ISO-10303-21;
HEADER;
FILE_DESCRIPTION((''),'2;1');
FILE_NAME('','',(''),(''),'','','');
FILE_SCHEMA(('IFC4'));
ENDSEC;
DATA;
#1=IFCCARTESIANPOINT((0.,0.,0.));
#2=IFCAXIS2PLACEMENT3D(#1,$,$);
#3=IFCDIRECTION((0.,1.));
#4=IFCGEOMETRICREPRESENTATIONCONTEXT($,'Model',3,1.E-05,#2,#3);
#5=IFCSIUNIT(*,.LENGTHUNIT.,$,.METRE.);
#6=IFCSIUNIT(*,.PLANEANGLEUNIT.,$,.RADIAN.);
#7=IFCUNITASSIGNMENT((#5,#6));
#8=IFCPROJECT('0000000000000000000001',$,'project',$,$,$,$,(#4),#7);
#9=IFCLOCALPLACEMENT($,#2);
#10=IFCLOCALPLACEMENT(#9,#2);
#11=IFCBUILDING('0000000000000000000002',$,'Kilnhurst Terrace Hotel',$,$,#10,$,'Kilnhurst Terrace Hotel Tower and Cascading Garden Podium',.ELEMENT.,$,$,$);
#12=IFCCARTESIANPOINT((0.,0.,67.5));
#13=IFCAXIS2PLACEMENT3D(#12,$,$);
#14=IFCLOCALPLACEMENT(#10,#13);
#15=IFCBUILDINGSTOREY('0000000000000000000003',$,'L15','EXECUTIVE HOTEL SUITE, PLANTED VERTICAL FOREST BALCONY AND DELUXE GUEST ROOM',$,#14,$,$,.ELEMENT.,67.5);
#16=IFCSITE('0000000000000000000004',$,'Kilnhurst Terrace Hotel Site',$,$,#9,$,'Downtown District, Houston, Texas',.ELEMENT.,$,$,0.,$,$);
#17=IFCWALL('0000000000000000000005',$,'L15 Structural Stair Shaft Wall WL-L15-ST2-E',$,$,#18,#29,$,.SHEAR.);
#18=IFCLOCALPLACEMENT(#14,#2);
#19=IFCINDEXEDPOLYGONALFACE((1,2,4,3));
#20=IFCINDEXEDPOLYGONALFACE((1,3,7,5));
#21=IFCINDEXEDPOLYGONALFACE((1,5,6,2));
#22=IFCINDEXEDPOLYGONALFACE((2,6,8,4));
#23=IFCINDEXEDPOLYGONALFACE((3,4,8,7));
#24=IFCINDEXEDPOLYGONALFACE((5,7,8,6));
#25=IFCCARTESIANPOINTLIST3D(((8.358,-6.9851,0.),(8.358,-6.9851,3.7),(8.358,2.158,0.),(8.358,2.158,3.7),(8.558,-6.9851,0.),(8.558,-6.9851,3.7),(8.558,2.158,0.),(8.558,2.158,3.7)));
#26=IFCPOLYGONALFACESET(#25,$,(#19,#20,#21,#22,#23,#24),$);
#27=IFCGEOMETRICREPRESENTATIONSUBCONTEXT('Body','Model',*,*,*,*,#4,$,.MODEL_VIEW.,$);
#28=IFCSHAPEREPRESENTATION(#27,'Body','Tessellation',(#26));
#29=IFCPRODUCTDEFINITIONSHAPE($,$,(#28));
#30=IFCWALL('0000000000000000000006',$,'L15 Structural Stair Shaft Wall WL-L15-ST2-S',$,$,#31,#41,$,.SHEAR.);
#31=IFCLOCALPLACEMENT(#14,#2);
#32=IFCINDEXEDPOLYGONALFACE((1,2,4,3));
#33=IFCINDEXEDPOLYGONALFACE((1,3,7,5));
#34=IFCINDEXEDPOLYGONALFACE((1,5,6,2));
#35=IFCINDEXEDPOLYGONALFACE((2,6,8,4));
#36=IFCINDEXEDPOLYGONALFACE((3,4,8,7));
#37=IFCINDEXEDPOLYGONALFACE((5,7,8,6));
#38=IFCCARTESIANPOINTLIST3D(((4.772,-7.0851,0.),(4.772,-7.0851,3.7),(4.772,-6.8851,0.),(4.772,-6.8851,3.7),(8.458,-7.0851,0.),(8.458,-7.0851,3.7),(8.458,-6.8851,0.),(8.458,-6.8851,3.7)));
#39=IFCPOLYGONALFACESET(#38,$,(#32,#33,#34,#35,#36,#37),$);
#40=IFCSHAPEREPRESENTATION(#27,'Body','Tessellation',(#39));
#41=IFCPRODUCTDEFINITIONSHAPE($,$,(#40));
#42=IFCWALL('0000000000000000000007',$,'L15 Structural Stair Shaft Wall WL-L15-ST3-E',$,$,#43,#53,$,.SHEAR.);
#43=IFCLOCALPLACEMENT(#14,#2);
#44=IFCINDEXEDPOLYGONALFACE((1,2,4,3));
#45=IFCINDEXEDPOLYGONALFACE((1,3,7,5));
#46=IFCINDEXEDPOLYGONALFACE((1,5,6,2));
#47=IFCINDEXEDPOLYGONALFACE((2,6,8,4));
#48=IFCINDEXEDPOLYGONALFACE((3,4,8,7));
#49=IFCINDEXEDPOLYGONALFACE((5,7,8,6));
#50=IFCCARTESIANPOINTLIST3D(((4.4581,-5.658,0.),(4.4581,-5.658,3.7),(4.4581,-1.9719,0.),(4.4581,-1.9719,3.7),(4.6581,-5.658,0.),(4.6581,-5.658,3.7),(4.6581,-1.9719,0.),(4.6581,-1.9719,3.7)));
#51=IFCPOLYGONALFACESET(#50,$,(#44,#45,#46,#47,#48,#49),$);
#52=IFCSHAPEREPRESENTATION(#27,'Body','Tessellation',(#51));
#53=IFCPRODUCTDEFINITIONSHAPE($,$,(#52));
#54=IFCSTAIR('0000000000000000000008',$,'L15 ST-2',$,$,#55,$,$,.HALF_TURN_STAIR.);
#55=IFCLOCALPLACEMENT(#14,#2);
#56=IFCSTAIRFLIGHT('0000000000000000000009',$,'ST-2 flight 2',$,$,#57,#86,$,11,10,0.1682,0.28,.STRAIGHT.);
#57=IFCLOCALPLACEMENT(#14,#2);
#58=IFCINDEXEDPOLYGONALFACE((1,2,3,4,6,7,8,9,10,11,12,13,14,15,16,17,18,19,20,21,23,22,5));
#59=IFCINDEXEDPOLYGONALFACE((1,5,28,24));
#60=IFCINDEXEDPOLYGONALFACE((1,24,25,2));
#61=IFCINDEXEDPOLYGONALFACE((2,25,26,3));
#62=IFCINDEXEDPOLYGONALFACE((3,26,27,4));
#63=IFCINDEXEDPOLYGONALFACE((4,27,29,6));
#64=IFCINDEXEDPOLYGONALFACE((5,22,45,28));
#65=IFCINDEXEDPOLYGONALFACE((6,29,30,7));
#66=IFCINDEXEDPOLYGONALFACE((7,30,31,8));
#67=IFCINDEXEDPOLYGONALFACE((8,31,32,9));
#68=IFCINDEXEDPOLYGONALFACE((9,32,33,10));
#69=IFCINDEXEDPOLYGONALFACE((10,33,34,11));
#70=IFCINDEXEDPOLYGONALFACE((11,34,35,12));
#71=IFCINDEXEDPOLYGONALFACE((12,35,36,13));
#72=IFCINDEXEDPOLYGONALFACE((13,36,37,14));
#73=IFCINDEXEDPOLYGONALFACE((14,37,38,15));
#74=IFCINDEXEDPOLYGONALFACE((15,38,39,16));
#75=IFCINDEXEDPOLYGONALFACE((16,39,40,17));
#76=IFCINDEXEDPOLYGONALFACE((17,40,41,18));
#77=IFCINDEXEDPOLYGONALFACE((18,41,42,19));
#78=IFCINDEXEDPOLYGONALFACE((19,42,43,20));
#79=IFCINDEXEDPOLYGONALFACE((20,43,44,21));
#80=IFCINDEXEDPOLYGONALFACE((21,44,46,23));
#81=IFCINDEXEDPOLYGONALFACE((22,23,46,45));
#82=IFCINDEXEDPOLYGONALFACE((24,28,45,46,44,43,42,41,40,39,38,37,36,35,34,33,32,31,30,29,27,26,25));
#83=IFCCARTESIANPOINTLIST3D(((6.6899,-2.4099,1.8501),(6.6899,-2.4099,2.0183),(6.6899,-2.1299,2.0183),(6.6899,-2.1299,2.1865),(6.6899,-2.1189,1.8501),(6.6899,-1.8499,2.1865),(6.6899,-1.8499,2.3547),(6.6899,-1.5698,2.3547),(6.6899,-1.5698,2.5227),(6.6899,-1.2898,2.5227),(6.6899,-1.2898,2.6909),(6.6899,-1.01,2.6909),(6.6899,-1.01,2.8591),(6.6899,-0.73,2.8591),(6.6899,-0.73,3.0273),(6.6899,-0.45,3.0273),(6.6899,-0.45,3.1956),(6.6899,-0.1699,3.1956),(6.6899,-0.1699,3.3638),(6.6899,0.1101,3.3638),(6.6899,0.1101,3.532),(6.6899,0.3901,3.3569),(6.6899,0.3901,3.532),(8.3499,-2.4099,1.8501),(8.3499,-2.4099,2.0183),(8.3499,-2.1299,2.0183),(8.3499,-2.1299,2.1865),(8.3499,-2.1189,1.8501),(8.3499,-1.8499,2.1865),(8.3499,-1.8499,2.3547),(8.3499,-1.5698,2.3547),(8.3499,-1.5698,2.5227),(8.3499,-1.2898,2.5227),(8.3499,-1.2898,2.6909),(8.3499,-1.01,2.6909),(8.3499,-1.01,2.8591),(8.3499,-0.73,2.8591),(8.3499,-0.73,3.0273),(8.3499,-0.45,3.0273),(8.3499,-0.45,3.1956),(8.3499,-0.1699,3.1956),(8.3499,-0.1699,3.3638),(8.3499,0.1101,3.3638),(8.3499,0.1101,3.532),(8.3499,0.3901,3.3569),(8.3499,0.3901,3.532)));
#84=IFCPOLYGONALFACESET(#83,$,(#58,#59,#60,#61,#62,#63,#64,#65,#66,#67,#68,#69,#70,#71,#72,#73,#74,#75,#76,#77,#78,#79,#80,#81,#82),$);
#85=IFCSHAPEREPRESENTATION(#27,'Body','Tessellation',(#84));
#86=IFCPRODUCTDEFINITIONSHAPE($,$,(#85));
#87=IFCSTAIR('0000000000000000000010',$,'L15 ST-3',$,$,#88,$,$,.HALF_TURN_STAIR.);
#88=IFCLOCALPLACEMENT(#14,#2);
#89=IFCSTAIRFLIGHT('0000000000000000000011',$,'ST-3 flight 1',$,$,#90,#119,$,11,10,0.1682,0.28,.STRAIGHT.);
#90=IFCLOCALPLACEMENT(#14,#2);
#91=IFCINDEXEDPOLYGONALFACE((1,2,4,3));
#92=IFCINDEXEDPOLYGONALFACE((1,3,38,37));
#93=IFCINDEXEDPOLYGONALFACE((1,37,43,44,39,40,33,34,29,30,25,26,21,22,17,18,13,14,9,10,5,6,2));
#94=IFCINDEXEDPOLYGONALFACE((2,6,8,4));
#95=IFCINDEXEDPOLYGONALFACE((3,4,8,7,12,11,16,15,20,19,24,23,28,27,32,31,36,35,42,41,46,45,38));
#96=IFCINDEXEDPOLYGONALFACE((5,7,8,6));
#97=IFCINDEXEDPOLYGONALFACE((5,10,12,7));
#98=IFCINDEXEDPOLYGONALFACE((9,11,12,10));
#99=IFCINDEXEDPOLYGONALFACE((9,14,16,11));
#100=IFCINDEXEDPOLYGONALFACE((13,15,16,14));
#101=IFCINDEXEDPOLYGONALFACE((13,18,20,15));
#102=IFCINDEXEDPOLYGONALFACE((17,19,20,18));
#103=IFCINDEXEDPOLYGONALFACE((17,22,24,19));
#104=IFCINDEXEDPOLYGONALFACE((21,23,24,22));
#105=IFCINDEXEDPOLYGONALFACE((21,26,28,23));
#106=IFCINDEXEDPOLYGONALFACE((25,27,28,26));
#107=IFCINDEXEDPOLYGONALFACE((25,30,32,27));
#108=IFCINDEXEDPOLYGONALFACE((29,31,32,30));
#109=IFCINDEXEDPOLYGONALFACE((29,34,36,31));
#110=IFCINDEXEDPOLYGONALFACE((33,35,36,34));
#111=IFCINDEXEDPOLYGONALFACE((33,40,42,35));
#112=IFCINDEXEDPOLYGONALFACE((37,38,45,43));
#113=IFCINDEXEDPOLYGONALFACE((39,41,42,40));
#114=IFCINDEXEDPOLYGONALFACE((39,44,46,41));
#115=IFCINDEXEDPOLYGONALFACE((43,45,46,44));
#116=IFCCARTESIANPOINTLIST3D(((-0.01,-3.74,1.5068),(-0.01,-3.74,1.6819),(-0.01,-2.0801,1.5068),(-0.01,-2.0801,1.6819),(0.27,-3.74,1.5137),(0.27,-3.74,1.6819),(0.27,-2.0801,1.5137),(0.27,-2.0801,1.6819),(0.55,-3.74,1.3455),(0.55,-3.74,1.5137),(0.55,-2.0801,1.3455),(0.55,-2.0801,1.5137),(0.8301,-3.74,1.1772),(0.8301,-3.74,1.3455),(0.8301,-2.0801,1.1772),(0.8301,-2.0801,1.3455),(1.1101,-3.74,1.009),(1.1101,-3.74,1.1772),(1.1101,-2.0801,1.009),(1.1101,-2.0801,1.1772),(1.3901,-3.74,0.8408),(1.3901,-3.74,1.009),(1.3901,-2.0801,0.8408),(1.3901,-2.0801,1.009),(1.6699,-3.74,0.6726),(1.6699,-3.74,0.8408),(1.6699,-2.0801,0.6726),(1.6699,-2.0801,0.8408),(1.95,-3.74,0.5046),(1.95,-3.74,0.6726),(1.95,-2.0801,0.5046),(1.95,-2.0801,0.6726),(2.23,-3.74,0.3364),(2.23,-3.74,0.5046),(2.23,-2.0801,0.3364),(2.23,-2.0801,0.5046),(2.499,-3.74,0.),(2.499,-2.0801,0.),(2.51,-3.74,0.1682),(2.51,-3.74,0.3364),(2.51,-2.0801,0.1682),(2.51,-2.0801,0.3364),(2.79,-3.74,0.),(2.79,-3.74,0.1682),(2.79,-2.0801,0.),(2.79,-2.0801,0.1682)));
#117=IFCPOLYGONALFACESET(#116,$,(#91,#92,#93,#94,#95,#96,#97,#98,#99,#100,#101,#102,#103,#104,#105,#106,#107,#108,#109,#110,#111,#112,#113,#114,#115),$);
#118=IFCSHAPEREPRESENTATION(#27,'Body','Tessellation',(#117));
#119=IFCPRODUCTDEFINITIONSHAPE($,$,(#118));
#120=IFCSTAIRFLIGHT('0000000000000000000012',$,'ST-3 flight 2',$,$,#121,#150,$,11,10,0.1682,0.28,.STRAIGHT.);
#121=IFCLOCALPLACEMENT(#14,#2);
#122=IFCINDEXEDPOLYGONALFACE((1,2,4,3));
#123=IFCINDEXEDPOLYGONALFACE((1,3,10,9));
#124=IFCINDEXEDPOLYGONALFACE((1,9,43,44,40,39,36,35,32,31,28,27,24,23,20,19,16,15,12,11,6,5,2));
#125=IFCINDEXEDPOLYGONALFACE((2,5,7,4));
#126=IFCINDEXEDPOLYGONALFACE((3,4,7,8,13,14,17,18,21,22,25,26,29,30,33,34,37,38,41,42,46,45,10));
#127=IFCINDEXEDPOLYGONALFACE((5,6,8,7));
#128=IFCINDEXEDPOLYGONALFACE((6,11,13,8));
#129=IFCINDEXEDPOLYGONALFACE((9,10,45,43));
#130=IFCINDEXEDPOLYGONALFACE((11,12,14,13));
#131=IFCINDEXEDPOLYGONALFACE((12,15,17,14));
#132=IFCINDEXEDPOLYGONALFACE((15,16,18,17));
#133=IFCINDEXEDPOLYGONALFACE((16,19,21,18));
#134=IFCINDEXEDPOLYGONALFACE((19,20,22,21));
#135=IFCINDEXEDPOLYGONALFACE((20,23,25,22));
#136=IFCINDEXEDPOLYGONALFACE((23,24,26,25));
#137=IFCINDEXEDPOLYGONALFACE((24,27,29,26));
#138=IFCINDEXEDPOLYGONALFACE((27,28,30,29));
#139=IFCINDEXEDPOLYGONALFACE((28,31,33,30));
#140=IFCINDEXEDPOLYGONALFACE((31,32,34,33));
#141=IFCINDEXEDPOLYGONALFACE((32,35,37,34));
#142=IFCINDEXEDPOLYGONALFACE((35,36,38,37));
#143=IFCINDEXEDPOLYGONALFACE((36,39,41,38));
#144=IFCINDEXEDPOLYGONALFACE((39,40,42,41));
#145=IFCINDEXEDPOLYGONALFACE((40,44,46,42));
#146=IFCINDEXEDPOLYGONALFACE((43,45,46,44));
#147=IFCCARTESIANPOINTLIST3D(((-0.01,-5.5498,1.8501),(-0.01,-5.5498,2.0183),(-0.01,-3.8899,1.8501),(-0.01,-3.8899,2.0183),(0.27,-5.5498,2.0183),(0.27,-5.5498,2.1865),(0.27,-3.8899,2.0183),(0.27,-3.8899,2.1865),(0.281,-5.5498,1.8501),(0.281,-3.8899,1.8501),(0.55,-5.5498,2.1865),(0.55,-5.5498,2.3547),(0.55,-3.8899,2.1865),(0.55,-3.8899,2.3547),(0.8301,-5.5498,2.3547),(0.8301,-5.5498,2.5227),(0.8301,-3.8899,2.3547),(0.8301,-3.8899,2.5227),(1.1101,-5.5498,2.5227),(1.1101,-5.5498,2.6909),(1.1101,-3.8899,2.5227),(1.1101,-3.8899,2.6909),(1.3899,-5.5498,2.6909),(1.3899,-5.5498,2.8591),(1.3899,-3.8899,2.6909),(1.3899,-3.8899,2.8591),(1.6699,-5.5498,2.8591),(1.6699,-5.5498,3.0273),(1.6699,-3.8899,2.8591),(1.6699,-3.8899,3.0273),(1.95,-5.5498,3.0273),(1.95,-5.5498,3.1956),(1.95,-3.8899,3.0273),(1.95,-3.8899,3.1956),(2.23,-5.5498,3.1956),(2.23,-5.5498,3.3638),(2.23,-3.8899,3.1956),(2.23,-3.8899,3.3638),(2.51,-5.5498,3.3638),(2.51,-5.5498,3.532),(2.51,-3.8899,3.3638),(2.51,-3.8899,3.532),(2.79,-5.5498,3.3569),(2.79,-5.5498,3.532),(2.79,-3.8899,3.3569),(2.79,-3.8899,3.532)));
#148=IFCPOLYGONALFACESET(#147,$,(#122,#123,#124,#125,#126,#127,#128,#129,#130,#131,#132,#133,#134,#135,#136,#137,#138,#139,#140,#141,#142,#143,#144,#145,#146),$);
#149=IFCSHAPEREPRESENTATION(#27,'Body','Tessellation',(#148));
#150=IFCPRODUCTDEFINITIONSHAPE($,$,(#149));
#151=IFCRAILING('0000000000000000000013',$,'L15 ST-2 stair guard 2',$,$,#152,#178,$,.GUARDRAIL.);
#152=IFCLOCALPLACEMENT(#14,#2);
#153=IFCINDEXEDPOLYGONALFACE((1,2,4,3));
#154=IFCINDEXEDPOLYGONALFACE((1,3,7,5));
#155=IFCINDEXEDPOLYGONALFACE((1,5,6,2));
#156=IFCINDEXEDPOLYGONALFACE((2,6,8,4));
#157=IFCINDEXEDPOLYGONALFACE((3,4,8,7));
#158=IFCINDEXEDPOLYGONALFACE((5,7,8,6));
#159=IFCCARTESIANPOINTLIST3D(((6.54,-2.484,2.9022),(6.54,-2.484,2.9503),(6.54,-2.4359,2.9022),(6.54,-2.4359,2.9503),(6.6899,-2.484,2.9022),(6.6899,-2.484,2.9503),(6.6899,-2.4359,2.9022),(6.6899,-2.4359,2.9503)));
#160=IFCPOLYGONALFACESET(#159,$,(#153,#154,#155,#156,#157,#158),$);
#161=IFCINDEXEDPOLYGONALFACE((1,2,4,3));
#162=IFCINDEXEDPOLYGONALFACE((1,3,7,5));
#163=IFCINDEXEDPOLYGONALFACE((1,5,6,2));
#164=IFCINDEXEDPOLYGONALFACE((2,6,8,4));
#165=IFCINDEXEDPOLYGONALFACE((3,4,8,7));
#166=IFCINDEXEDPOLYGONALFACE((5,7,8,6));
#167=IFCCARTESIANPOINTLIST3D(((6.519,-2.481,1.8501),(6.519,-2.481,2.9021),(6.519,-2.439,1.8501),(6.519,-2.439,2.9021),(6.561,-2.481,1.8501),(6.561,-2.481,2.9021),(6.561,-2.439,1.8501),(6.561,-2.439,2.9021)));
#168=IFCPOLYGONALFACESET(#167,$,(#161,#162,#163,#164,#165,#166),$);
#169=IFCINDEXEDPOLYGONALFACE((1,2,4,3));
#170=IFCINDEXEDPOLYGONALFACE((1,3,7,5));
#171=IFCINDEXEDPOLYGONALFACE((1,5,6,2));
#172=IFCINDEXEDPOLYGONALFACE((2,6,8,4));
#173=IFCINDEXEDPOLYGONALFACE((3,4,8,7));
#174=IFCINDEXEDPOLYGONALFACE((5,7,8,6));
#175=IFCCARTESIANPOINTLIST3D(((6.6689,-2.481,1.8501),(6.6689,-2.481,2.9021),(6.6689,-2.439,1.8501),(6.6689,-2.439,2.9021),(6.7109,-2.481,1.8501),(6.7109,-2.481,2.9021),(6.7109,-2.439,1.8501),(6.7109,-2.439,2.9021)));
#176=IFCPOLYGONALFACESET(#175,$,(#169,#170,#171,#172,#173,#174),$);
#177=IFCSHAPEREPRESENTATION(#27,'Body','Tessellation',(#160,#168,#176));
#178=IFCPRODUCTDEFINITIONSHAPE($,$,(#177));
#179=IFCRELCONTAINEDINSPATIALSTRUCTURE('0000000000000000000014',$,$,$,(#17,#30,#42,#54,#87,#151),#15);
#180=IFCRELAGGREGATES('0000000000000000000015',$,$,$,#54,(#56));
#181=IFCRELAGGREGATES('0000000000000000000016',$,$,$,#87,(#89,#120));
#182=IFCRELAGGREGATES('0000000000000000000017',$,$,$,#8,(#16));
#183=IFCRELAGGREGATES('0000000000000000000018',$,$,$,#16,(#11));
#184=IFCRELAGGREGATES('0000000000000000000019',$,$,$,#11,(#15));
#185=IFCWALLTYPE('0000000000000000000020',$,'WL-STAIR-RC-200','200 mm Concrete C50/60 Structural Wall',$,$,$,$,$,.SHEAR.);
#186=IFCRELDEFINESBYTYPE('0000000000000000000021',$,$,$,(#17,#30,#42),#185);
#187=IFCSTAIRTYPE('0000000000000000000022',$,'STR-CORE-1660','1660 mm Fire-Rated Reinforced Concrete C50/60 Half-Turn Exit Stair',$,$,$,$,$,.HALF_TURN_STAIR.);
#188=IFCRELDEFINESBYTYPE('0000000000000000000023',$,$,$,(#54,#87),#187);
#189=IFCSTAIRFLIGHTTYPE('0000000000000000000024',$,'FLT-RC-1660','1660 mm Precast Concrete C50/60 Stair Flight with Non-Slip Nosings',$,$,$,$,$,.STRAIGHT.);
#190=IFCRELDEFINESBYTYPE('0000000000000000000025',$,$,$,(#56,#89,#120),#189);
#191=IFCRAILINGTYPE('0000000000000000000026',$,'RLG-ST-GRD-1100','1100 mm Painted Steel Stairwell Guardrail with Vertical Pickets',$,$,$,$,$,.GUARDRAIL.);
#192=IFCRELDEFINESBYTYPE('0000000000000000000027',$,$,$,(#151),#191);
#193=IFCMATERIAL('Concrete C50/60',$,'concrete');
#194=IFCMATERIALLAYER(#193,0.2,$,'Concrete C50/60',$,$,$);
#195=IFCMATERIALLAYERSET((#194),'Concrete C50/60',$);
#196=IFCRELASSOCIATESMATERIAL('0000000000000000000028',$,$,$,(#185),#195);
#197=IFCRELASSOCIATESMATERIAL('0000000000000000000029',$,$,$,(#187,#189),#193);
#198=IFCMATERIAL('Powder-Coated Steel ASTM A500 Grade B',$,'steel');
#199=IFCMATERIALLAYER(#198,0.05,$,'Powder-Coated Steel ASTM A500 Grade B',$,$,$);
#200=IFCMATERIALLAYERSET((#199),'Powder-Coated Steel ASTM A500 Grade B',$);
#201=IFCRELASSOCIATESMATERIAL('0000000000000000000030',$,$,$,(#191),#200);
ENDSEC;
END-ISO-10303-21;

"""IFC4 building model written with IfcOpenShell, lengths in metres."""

from ifc_helpers import new_model, si_unit, direction, frame, frame_2d, origin, origin_2d, place, context, subcontext, project, spatial, polyline, rectangle, outline, extrude, material, layer, layer_set, type_object, element, aggregate, save


model = new_model("IFC4")

# Units and contexts
model_context = context("Model", 3, precision=1e-05, world=origin(), true_north=direction((0.0, 1.0)))
body_context = subcontext(model_context, "Body", "Model", "MODEL_VIEW")
ifc_project = project(units=[si_unit("LENGTHUNIT", "METRE"), si_unit("PLANEANGLEUNIT", "RADIAN")], contexts=[model_context])

# Site, building, storey
site_placement = place(None, origin())
site = spatial("IfcSite", under=ifc_project, at=site_placement, Name="Kilnhurst Terrace Hotel Site", LongName="Downtown District, Houston, Texas", CompositionType="ELEMENT", RefElevation=0.0)
building_placement = place(site_placement, origin())
building = spatial("IfcBuilding", under=site, at=building_placement, Name="Kilnhurst Terrace Hotel", LongName="Kilnhurst Terrace Hotel Tower and Cascading Garden Podium", CompositionType="ELEMENT")
storey_placement = place(building_placement, frame((0.0, 0.0, 67.5)))
storey = spatial("IfcBuildingStorey", under=building, at=storey_placement, Name="L15", Description="EXECUTIVE HOTEL SUITE, PLANTED VERTICAL FOREST BALCONY AND DELUXE GUEST ROOM", CompositionType="ELEMENT", Elevation=67.5)

# Shared definitions
ifc_material_1 = material(Name="Concrete C50/60", Category="concrete")

# Walls
ifc_layer_1 = layer(ifc_material_1, 0.2, Name="Concrete C50/60")
ifc_layer_set_1 = layer_set([ifc_layer_1], Name="Concrete C50/60")
wall_type_1 = type_object("IfcWallType", Name="WL-STAIR-RC-200", Description="200 mm Concrete C50/60 Structural Wall", PredefinedType="SHEAR", material=ifc_layer_set_1)
for number, where, z_axis, x_axis, name in (
    (1, (8.458, -6.9851, 0.0), (0.0, 0.0, 1.0), (0.0, 1.0, 0.0), "L15 Structural Stair Shaft Wall WL-L15-ST2-E"),
):
    element("IfcWall", number, at=place(storey_placement, frame(where, z_axis=z_axis, x_axis=x_axis)), inside=storey, type_object=wall_type_1, Name=name, PredefinedType="SHEAR", context=body_context, shape_type="SweptSolid", body=[
        extrude(rectangle(XDim=9.1431, YDim=0.2, at=frame_2d((4.5715, 0.0))), origin(), (0.0, 0.0, 1.0), 3.7),
    ])
for number, where, z_axis, x_axis, name in (
    (2, (4.772, -6.9851, 0.0), (0.0, 0.0, 1.0), (1.0, 0.0, 0.0), "L15 Structural Stair Shaft Wall WL-L15-ST2-S"),
    (3, (4.5581, -5.658, 0.0), (0.0, 0.0, 1.0), (0.0, 1.0, 0.0), "L15 Structural Stair Shaft Wall WL-L15-ST3-E"),
):
    element("IfcWall", number, at=place(storey_placement, frame(where, z_axis=z_axis, x_axis=x_axis)), inside=storey, type_object=wall_type_1, Name=name, PredefinedType="SHEAR", context=body_context, shape_type="SweptSolid", body=[
        extrude(rectangle(XDim=3.686, YDim=0.2, at=frame_2d((1.843, 0.0))), origin(), (0.0, 0.0, 1.0), 3.7),
    ])

# Stair, stair flight
stair_type = type_object("IfcStairType", Name="STR-CORE-1660", Description="1660 mm Fire-Rated Reinforced Concrete C50/60 Half-Turn Exit Stair", PredefinedType="HALF_TURN_STAIR", material=ifc_material_1)
stair_1_placement = place(storey_placement, origin())
stair_1 = element("IfcStair", 4, at=stair_1_placement, inside=storey, type_object=stair_type, Name="L15 ST-2", PredefinedType="HALF_TURN_STAIR")
stair_flight_type = type_object("IfcStairFlightType", Name="FLT-RC-1660", Description="1660 mm Precast Concrete C50/60 Stair Flight with Non-Slip Nosings", PredefinedType="STRAIGHT", material=ifc_material_1)
stair_flight_1_placement = place(storey_placement, frame((7.52, -2.4099, 1.8501), z_axis=(0.0, 0.0, 1.0), x_axis=(0.0, 1.0, 0.0)))
stair_flight_1 = element("IfcStairFlight", 5, at=stair_flight_1_placement, type_object=stair_flight_type, Name="ST-2 flight 2", NumberOfRisers=11, NumberOfTreads=10, PredefinedType="STRAIGHT", RiserHeight=0.1682, TreadLength=0.28, context=body_context, shape_type="SweptSolid", body=[
    extrude(outline(polyline([(0.0, 0.0), (0.0, 0.1682), (0.28, 0.1682), (0.28, 0.3364), (0.5601, 0.3364), (0.5601, 0.5046), (0.8401, 0.5046), (0.8401, 0.6726), (1.1201, 0.6726), (1.1201, 0.8408), (1.3999, 0.8408), (1.3999, 1.009), (1.6799, 1.009), (1.6799, 1.1772), (1.96, 1.1772), (1.96, 1.3455), (2.24, 1.3455), (2.24, 1.5137), (2.52, 1.5137), (2.52, 1.6819), (2.8, 1.6819), (2.8, 1.8501), (2.8, 1.5068), (0.291, 0.0), (0.0, 0.0)])), frame((0.0, 0.8301, 0.0), z_axis=(0.0, -1.0, 0.0), x_axis=(1.0, 0.0, 0.0)), (0.0, 0.0, 1.0), 1.6599),
])
aggregate(stair_1, [stair_flight_1])

# Stair, stair flights
stair_2_placement = place(storey_placement, origin())
stair_2 = element("IfcStair", 6, at=stair_2_placement, inside=storey, type_object=stair_type, Name="L15 ST-3", PredefinedType="HALF_TURN_STAIR")
stair_flight_2_placement = place(storey_placement, frame((2.79, -2.9099, 0.0), z_axis=(0.0, 0.0, 1.0), x_axis=(-1.0, 0.0, 0.0)))
stair_flight_2 = element("IfcStairFlight", 7, at=stair_flight_2_placement, type_object=stair_flight_type, Name="ST-3 flight 1", NumberOfRisers=11, NumberOfTreads=10, PredefinedType="STRAIGHT", RiserHeight=0.1682, TreadLength=0.28, context=body_context, shape_type="SweptSolid", body=[
    extrude(outline(polyline([(0.0, 0.0), (0.0, 0.1682), (0.28, 0.1682), (0.28, 0.3364), (0.5601, 0.3364), (0.5601, 0.5046), (0.8401, 0.5046), (0.8401, 0.6726), (1.1201, 0.6726), (1.1201, 0.8408), (1.3999, 0.8408), (1.3999, 1.009), (1.6799, 1.009), (1.6799, 1.1772), (1.96, 1.1772), (1.96, 1.3455), (2.24, 1.3455), (2.24, 1.5137), (2.52, 1.5137), (2.52, 1.6819), (2.8, 1.6819), (2.8, 1.8501), (2.8, 1.5068), (0.291, 0.0), (0.0, 0.0)])), frame((0.0, 0.8301, 0.0), z_axis=(0.0, -1.0, 0.0), x_axis=(1.0, 0.0, 0.0)), (0.0, 0.0, 1.0), 1.6599),
])
stair_flight_3_placement = place(storey_placement, frame((-0.01, -4.72, 1.8501), z_axis=(0.0, 0.0, 1.0), x_axis=(1.0, 0.0, 0.0)))
stair_flight_3 = element("IfcStairFlight", 8, at=stair_flight_3_placement, type_object=stair_flight_type, Name="ST-3 flight 2", NumberOfRisers=11, NumberOfTreads=10, PredefinedType="STRAIGHT", RiserHeight=0.1682, TreadLength=0.28, context=body_context, shape_type="SweptSolid", body=[
    extrude(outline(polyline([(0.0, 0.0), (0.0, 0.1682), (0.28, 0.1682), (0.28, 0.3364), (0.5601, 0.3364), (0.5601, 0.5046), (0.8401, 0.5046), (0.8401, 0.6726), (1.1201, 0.6726), (1.1201, 0.8408), (1.3999, 0.8408), (1.3999, 1.009), (1.6799, 1.009), (1.6799, 1.1772), (1.96, 1.1772), (1.96, 1.3455), (2.24, 1.3455), (2.24, 1.5137), (2.52, 1.5137), (2.52, 1.6819), (2.8, 1.6819), (2.8, 1.8501), (2.8, 1.5068), (0.291, 0.0), (0.0, 0.0)])), frame((0.0, 0.8301, 0.0), z_axis=(0.0, -1.0, 0.0), x_axis=(1.0, 0.0, 0.0)), (0.0, 0.0, 1.0), 1.6599),
])
aggregate(stair_2, [stair_flight_2, stair_flight_3])

# Railing
ifc_material_2 = material(Name="Powder-Coated Steel ASTM A500 Grade B", Category="steel")
ifc_layer_2 = layer(ifc_material_2, 0.05, Name="Powder-Coated Steel ASTM A500 Grade B")
ifc_layer_set_2 = layer_set([ifc_layer_2], Name="Powder-Coated Steel ASTM A500 Grade B")
railing_type_1 = type_object("IfcRailingType", Name="RLG-ST-GRD-1100", Description="1100 mm Painted Steel Stairwell Guardrail with Vertical Pickets", PredefinedType="GUARDRAIL", material=ifc_layer_set_2)
railing_1_placement = place(storey_placement, frame((6.54, -2.46, 1.8501)))
element("IfcRailing", 9, at=railing_1_placement, inside=storey, type_object=railing_type_1, Name="L15 ST-2 stair guard 2", PredefinedType="GUARDRAIL", context=body_context, shape_type="SweptSolid", body=[
    extrude(rectangle(XDim=0.0481, YDim=0.0481, at=origin_2d()), frame((0.0, 0.0, 1.0762), z_axis=(1.0, 0.0, 0.0), x_axis=(0.0, 1.0, 0.0)), (0.0, 0.0, 1.0), 0.1499),
    extrude(rectangle(XDim=0.042, YDim=0.042, at=origin_2d()), origin(), (0.0, 0.0, 1.0), 1.052),
    extrude(rectangle(XDim=0.042, YDim=0.042, at=origin_2d()), frame((0.1499, 0.0, 0.0)), (0.0, 0.0, 1.0), 1.052),
])

save(model, "model.ifc")
